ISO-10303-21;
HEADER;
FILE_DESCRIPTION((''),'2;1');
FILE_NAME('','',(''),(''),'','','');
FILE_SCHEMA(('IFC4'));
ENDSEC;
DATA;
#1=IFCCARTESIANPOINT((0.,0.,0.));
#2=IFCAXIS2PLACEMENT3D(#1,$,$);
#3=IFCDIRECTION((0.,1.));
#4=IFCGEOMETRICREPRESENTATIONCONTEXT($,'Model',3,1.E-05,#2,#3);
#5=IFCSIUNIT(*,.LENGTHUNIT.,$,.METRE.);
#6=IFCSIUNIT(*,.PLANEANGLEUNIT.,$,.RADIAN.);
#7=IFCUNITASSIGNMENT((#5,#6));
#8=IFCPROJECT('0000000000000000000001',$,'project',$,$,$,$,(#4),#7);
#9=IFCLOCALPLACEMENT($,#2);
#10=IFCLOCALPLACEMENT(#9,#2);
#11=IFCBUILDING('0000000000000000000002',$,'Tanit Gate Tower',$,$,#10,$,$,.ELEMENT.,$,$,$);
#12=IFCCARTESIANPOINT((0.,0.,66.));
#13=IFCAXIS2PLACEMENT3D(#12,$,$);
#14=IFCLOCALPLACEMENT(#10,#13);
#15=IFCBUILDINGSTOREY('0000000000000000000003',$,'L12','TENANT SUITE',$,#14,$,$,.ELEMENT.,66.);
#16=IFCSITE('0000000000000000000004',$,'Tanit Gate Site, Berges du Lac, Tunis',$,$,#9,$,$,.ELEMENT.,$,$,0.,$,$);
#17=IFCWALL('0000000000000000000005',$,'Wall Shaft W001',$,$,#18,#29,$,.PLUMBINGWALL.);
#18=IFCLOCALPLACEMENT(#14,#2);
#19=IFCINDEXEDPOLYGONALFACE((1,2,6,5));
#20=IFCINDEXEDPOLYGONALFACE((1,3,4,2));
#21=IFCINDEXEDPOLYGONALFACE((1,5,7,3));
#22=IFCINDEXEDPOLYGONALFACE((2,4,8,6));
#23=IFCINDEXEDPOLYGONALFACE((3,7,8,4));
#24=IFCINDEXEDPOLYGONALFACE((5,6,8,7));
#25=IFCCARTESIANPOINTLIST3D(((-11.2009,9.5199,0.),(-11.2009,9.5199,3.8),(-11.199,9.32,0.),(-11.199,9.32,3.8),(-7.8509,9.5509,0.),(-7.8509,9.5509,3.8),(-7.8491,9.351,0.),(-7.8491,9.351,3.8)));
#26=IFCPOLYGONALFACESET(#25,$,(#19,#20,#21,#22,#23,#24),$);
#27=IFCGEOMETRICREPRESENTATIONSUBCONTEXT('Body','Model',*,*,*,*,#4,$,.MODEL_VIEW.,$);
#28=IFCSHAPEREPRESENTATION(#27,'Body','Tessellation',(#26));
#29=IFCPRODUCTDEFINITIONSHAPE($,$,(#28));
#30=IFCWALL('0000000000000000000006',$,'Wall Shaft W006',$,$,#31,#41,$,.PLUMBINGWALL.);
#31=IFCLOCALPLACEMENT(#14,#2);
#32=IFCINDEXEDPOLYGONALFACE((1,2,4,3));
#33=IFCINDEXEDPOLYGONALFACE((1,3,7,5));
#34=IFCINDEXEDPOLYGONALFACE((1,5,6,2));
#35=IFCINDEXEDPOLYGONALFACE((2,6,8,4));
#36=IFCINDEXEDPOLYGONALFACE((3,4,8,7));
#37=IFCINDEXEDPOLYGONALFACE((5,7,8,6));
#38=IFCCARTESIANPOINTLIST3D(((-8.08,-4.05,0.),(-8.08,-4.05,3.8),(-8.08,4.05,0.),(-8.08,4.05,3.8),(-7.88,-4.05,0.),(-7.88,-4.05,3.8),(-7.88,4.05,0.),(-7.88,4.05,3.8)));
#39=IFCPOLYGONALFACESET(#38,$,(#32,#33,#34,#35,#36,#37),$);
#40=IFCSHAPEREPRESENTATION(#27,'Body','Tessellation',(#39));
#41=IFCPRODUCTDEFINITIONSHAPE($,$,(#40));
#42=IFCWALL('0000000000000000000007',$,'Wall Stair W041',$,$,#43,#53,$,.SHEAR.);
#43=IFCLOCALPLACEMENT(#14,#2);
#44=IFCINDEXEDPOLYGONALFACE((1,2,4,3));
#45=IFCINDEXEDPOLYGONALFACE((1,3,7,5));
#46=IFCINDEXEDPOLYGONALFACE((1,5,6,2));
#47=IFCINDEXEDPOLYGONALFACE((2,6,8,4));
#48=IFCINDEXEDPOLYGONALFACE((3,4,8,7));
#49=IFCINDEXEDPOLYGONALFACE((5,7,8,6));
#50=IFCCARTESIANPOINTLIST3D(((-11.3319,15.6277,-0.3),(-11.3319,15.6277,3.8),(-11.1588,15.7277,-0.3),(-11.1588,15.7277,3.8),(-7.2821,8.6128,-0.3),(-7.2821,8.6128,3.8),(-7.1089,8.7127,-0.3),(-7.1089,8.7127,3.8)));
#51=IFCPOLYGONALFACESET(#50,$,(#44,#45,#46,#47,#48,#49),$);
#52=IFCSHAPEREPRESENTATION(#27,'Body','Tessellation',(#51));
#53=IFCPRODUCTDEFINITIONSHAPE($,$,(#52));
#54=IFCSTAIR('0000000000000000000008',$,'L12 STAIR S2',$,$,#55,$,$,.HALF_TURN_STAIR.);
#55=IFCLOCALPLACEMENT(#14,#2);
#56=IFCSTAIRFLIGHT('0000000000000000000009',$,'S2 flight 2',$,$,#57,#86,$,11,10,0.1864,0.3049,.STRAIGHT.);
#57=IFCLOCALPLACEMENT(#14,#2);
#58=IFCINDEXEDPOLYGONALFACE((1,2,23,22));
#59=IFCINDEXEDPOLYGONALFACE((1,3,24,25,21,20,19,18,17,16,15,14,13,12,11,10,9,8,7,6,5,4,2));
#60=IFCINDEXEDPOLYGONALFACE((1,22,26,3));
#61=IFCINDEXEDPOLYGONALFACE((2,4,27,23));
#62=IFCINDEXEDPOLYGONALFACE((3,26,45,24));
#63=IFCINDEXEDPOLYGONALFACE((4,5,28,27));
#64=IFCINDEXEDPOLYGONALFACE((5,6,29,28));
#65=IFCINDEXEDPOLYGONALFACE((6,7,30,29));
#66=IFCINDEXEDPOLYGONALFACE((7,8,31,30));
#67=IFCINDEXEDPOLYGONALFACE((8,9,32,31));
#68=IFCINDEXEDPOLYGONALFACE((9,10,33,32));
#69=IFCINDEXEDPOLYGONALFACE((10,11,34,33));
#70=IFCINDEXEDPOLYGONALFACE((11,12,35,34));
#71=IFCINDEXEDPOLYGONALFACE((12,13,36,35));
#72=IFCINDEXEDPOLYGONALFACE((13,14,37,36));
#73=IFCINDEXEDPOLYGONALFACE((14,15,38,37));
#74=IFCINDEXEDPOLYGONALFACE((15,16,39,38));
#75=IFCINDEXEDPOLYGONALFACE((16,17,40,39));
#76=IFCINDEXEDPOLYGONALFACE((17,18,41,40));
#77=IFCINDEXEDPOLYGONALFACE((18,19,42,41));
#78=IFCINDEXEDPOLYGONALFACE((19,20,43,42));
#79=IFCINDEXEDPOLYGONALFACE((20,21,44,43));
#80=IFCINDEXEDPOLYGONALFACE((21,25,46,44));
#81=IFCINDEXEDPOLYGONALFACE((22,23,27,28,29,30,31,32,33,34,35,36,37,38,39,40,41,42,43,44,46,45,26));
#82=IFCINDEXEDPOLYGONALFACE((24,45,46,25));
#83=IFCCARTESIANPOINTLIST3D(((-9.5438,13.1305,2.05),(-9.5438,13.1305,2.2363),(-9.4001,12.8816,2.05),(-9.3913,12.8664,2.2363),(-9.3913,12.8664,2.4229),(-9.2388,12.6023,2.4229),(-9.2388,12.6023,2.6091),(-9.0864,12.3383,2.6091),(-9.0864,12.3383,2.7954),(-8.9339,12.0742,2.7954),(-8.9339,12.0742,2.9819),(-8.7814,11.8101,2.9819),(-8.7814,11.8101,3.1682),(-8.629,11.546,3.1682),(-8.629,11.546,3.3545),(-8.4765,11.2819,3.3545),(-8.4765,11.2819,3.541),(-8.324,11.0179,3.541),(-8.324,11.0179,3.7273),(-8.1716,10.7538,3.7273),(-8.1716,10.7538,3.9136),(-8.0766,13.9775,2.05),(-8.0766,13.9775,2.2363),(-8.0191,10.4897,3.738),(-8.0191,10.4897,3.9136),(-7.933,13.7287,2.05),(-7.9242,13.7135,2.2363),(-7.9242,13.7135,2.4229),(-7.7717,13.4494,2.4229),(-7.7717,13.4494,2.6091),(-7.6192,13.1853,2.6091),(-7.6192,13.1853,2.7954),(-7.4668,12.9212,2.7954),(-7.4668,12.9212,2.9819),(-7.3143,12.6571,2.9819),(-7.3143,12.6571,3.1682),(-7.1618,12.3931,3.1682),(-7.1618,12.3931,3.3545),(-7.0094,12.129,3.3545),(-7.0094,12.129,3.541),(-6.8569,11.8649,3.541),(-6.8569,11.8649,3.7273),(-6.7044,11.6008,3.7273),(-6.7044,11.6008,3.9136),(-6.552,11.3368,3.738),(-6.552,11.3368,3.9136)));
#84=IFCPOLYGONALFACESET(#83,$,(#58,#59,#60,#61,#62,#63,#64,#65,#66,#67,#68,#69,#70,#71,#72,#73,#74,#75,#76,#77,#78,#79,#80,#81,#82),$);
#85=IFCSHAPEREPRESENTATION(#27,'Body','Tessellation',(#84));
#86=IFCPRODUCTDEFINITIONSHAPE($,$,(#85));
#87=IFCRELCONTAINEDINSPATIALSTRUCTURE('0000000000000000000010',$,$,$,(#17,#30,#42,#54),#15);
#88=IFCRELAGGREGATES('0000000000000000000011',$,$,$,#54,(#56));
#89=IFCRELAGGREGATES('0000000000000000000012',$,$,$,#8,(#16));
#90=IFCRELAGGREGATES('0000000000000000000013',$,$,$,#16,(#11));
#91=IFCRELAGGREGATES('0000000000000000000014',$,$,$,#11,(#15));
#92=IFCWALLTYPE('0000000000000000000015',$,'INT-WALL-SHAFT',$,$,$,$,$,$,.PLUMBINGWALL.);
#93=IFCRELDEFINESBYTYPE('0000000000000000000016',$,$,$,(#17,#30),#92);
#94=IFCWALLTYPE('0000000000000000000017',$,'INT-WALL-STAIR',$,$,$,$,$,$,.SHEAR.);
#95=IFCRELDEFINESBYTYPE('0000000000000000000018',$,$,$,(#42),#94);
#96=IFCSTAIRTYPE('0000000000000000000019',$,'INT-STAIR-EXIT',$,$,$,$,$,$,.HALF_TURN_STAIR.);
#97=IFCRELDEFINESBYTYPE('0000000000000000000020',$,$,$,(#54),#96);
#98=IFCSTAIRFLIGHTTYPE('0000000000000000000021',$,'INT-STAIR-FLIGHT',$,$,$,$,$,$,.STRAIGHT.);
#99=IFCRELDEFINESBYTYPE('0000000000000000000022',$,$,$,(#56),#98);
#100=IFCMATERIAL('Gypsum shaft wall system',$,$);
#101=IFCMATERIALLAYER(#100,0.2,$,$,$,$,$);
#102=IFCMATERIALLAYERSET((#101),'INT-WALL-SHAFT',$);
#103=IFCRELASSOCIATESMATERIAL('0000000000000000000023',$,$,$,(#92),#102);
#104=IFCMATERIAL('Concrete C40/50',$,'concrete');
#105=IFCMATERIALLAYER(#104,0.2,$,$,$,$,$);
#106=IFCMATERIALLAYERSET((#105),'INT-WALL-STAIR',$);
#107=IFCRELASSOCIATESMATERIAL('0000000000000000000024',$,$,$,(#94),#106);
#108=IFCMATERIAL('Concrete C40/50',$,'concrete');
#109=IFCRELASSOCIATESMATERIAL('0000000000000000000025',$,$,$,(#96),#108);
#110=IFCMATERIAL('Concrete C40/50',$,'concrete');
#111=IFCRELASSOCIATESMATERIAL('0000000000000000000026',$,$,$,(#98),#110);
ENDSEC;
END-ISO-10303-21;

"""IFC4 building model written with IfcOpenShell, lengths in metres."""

from ifc_helpers import new_model, si_unit, direction, frame, frame_2d, origin, place, context, subcontext, project, spatial, polyline, rectangle, outline, extrude, material, layer, layer_set, type_object, element, aggregate, save


model = new_model("IFC4")

# Units and contexts
model_context = context("Model", 3, precision=1e-05, world=origin(), true_north=direction((0.0, 1.0)))
body_context = subcontext(model_context, "Body", "Model", "MODEL_VIEW")
ifc_project = project(units=[si_unit("LENGTHUNIT", "METRE"), si_unit("PLANEANGLEUNIT", "RADIAN")], contexts=[model_context])

# Site, building, storey
site_placement = place(None, origin())
site = spatial("IfcSite", under=ifc_project, at=site_placement, Name="Tanit Gate Site, Berges du Lac, Tunis", CompositionType="ELEMENT", RefElevation=0.0)
building_placement = place(site_placement, origin())
building = spatial("IfcBuilding", under=site, at=building_placement, Name="Tanit Gate Tower", CompositionType="ELEMENT")
storey_placement = place(building_placement, frame((0.0, 0.0, 66.0)))
storey = spatial("IfcBuildingStorey", under=building, at=storey_placement, Name="L12", Description="TENANT SUITE", CompositionType="ELEMENT", Elevation=66.0)

# Walls
ifc_material_1 = material(Name="Gypsum shaft wall system")
ifc_layer_1 = layer(ifc_material_1, 0.2)
ifc_layer_set_1 = layer_set([ifc_layer_1], Name="INT-WALL-SHAFT")
wall_type_1 = type_object("IfcWallType", Name="INT-WALL-SHAFT", PredefinedType="PLUMBINGWALL", material=ifc_layer_set_1)
wall_1_placement = place(storey_placement, frame((-11.2, 9.4199, 0.0), z_axis=(0.0, 0.0, 1.0), x_axis=(0.999957, 0.009255, 0.0)))
element("IfcWall", 1, at=wall_1_placement, inside=storey, type_object=wall_type_1, Name="Wall Shaft W001", PredefinedType="PLUMBINGWALL", context=body_context, shape_type="SweptSolid", body=[
    extrude(rectangle(XDim=3.3501, YDim=0.2, at=frame_2d((1.675, 0.0))), origin(), (0.0, 0.0, 1.0), 3.8),
])
wall_2_placement = place(storey_placement, frame((-7.98, 4.05, 0.0), z_axis=(0.0, 0.0, 1.0), x_axis=(0.0, -1.0, 0.0)))
element("IfcWall", 2, at=wall_2_placement, inside=storey, type_object=wall_type_1, Name="Wall Shaft W006", PredefinedType="PLUMBINGWALL", context=body_context, shape_type="SweptSolid", body=[
    extrude(rectangle(XDim=8.1001, YDim=0.2, at=frame_2d((4.05, 0.0))), origin(), (0.0, 0.0, 1.0), 3.8),
])
ifc_material_2 = material(Name="Concrete C40/50", Category="concrete")
ifc_layer_2 = layer(ifc_material_2, 0.2)
ifc_layer_set_2 = layer_set([ifc_layer_2], Name="INT-WALL-STAIR")
wall_type_2 = type_object("IfcWallType", Name="INT-WALL-STAIR", PredefinedType="SHEAR", material=ifc_layer_set_2)
wall_3_placement = place(storey_placement, frame((-11.2454, 15.6777, -0.3), z_axis=(0.0, 0.0, 1.0), x_axis=(0.499977, -0.866039, 0.0)))
element("IfcWall", 3, at=wall_3_placement, inside=storey, type_object=wall_type_2, Name="Wall Stair W041", PredefinedType="SHEAR", context=body_context, shape_type="SweptSolid", body=[
    extrude(rectangle(XDim=8.1001, YDim=0.2, at=frame_2d((4.05, 0.0))), origin(), (0.0, 0.0, 1.0), 4.1001),
])

# Stair, stair flight
ifc_material_3 = material(Name="Concrete C40/50", Category="concrete")
stair_type = type_object("IfcStairType", Name="INT-STAIR-EXIT", PredefinedType="HALF_TURN_STAIR", material=ifc_material_3)
stair_placement = place(storey_placement, origin())
stair = element("IfcStair", 4, at=stair_placement, inside=storey, type_object=stair_type, Name="L12 STAIR S2", PredefinedType="HALF_TURN_STAIR")
ifc_material_4 = material(Name="Concrete C40/50", Category="concrete")
stair_flight_type = type_object("IfcStairFlightType", Name="INT-STAIR-FLIGHT", PredefinedType="STRAIGHT", material=ifc_material_4)
stair_flight_placement = place(storey_placement, frame((-8.8103, 13.554, 2.05), z_axis=(0.0, 0.0, 1.0), x_axis=(0.5, -0.866025, 0.0)))
stair_flight = element("IfcStairFlight", 5, at=stair_flight_placement, type_object=stair_flight_type, Name="S2 flight 2", NumberOfRisers=11, NumberOfTreads=10, PredefinedType="STRAIGHT", RiserHeight=0.1864, TreadLength=0.3049, context=body_context, shape_type="SweptSolid", body=[
    extrude(outline(polyline([(0.0, 0.0), (0.0, 0.1863), (0.3049, 0.1863), (0.3049, 0.3728), (0.6099, 0.3728), (0.6099, 0.5591), (0.9148, 0.5591), (0.9148, 0.7454), (1.2197, 0.7454), (1.2197, 0.9319), (1.5247, 0.9319), (1.5247, 1.1182), (1.8296, 1.1182), (1.8296, 1.3044), (2.1345, 1.3044), (2.1345, 1.491), (2.4395, 1.491), (2.4395, 1.6772), (2.7444, 1.6772), (2.7444, 1.8635), (3.0493, 1.8635), (3.0493, 2.05), (3.0493, 1.688), (0.2874, 0.0), (0.0, 0.0)])), frame((0.0, 0.8472, 0.0), z_axis=(0.0, -1.0, 0.0), x_axis=(1.0, 0.0, 0.0)), (0.0, 0.0, 1.0), 1.6941),
])
aggregate(stair, [stair_flight])

save(model, "model.ifc")
